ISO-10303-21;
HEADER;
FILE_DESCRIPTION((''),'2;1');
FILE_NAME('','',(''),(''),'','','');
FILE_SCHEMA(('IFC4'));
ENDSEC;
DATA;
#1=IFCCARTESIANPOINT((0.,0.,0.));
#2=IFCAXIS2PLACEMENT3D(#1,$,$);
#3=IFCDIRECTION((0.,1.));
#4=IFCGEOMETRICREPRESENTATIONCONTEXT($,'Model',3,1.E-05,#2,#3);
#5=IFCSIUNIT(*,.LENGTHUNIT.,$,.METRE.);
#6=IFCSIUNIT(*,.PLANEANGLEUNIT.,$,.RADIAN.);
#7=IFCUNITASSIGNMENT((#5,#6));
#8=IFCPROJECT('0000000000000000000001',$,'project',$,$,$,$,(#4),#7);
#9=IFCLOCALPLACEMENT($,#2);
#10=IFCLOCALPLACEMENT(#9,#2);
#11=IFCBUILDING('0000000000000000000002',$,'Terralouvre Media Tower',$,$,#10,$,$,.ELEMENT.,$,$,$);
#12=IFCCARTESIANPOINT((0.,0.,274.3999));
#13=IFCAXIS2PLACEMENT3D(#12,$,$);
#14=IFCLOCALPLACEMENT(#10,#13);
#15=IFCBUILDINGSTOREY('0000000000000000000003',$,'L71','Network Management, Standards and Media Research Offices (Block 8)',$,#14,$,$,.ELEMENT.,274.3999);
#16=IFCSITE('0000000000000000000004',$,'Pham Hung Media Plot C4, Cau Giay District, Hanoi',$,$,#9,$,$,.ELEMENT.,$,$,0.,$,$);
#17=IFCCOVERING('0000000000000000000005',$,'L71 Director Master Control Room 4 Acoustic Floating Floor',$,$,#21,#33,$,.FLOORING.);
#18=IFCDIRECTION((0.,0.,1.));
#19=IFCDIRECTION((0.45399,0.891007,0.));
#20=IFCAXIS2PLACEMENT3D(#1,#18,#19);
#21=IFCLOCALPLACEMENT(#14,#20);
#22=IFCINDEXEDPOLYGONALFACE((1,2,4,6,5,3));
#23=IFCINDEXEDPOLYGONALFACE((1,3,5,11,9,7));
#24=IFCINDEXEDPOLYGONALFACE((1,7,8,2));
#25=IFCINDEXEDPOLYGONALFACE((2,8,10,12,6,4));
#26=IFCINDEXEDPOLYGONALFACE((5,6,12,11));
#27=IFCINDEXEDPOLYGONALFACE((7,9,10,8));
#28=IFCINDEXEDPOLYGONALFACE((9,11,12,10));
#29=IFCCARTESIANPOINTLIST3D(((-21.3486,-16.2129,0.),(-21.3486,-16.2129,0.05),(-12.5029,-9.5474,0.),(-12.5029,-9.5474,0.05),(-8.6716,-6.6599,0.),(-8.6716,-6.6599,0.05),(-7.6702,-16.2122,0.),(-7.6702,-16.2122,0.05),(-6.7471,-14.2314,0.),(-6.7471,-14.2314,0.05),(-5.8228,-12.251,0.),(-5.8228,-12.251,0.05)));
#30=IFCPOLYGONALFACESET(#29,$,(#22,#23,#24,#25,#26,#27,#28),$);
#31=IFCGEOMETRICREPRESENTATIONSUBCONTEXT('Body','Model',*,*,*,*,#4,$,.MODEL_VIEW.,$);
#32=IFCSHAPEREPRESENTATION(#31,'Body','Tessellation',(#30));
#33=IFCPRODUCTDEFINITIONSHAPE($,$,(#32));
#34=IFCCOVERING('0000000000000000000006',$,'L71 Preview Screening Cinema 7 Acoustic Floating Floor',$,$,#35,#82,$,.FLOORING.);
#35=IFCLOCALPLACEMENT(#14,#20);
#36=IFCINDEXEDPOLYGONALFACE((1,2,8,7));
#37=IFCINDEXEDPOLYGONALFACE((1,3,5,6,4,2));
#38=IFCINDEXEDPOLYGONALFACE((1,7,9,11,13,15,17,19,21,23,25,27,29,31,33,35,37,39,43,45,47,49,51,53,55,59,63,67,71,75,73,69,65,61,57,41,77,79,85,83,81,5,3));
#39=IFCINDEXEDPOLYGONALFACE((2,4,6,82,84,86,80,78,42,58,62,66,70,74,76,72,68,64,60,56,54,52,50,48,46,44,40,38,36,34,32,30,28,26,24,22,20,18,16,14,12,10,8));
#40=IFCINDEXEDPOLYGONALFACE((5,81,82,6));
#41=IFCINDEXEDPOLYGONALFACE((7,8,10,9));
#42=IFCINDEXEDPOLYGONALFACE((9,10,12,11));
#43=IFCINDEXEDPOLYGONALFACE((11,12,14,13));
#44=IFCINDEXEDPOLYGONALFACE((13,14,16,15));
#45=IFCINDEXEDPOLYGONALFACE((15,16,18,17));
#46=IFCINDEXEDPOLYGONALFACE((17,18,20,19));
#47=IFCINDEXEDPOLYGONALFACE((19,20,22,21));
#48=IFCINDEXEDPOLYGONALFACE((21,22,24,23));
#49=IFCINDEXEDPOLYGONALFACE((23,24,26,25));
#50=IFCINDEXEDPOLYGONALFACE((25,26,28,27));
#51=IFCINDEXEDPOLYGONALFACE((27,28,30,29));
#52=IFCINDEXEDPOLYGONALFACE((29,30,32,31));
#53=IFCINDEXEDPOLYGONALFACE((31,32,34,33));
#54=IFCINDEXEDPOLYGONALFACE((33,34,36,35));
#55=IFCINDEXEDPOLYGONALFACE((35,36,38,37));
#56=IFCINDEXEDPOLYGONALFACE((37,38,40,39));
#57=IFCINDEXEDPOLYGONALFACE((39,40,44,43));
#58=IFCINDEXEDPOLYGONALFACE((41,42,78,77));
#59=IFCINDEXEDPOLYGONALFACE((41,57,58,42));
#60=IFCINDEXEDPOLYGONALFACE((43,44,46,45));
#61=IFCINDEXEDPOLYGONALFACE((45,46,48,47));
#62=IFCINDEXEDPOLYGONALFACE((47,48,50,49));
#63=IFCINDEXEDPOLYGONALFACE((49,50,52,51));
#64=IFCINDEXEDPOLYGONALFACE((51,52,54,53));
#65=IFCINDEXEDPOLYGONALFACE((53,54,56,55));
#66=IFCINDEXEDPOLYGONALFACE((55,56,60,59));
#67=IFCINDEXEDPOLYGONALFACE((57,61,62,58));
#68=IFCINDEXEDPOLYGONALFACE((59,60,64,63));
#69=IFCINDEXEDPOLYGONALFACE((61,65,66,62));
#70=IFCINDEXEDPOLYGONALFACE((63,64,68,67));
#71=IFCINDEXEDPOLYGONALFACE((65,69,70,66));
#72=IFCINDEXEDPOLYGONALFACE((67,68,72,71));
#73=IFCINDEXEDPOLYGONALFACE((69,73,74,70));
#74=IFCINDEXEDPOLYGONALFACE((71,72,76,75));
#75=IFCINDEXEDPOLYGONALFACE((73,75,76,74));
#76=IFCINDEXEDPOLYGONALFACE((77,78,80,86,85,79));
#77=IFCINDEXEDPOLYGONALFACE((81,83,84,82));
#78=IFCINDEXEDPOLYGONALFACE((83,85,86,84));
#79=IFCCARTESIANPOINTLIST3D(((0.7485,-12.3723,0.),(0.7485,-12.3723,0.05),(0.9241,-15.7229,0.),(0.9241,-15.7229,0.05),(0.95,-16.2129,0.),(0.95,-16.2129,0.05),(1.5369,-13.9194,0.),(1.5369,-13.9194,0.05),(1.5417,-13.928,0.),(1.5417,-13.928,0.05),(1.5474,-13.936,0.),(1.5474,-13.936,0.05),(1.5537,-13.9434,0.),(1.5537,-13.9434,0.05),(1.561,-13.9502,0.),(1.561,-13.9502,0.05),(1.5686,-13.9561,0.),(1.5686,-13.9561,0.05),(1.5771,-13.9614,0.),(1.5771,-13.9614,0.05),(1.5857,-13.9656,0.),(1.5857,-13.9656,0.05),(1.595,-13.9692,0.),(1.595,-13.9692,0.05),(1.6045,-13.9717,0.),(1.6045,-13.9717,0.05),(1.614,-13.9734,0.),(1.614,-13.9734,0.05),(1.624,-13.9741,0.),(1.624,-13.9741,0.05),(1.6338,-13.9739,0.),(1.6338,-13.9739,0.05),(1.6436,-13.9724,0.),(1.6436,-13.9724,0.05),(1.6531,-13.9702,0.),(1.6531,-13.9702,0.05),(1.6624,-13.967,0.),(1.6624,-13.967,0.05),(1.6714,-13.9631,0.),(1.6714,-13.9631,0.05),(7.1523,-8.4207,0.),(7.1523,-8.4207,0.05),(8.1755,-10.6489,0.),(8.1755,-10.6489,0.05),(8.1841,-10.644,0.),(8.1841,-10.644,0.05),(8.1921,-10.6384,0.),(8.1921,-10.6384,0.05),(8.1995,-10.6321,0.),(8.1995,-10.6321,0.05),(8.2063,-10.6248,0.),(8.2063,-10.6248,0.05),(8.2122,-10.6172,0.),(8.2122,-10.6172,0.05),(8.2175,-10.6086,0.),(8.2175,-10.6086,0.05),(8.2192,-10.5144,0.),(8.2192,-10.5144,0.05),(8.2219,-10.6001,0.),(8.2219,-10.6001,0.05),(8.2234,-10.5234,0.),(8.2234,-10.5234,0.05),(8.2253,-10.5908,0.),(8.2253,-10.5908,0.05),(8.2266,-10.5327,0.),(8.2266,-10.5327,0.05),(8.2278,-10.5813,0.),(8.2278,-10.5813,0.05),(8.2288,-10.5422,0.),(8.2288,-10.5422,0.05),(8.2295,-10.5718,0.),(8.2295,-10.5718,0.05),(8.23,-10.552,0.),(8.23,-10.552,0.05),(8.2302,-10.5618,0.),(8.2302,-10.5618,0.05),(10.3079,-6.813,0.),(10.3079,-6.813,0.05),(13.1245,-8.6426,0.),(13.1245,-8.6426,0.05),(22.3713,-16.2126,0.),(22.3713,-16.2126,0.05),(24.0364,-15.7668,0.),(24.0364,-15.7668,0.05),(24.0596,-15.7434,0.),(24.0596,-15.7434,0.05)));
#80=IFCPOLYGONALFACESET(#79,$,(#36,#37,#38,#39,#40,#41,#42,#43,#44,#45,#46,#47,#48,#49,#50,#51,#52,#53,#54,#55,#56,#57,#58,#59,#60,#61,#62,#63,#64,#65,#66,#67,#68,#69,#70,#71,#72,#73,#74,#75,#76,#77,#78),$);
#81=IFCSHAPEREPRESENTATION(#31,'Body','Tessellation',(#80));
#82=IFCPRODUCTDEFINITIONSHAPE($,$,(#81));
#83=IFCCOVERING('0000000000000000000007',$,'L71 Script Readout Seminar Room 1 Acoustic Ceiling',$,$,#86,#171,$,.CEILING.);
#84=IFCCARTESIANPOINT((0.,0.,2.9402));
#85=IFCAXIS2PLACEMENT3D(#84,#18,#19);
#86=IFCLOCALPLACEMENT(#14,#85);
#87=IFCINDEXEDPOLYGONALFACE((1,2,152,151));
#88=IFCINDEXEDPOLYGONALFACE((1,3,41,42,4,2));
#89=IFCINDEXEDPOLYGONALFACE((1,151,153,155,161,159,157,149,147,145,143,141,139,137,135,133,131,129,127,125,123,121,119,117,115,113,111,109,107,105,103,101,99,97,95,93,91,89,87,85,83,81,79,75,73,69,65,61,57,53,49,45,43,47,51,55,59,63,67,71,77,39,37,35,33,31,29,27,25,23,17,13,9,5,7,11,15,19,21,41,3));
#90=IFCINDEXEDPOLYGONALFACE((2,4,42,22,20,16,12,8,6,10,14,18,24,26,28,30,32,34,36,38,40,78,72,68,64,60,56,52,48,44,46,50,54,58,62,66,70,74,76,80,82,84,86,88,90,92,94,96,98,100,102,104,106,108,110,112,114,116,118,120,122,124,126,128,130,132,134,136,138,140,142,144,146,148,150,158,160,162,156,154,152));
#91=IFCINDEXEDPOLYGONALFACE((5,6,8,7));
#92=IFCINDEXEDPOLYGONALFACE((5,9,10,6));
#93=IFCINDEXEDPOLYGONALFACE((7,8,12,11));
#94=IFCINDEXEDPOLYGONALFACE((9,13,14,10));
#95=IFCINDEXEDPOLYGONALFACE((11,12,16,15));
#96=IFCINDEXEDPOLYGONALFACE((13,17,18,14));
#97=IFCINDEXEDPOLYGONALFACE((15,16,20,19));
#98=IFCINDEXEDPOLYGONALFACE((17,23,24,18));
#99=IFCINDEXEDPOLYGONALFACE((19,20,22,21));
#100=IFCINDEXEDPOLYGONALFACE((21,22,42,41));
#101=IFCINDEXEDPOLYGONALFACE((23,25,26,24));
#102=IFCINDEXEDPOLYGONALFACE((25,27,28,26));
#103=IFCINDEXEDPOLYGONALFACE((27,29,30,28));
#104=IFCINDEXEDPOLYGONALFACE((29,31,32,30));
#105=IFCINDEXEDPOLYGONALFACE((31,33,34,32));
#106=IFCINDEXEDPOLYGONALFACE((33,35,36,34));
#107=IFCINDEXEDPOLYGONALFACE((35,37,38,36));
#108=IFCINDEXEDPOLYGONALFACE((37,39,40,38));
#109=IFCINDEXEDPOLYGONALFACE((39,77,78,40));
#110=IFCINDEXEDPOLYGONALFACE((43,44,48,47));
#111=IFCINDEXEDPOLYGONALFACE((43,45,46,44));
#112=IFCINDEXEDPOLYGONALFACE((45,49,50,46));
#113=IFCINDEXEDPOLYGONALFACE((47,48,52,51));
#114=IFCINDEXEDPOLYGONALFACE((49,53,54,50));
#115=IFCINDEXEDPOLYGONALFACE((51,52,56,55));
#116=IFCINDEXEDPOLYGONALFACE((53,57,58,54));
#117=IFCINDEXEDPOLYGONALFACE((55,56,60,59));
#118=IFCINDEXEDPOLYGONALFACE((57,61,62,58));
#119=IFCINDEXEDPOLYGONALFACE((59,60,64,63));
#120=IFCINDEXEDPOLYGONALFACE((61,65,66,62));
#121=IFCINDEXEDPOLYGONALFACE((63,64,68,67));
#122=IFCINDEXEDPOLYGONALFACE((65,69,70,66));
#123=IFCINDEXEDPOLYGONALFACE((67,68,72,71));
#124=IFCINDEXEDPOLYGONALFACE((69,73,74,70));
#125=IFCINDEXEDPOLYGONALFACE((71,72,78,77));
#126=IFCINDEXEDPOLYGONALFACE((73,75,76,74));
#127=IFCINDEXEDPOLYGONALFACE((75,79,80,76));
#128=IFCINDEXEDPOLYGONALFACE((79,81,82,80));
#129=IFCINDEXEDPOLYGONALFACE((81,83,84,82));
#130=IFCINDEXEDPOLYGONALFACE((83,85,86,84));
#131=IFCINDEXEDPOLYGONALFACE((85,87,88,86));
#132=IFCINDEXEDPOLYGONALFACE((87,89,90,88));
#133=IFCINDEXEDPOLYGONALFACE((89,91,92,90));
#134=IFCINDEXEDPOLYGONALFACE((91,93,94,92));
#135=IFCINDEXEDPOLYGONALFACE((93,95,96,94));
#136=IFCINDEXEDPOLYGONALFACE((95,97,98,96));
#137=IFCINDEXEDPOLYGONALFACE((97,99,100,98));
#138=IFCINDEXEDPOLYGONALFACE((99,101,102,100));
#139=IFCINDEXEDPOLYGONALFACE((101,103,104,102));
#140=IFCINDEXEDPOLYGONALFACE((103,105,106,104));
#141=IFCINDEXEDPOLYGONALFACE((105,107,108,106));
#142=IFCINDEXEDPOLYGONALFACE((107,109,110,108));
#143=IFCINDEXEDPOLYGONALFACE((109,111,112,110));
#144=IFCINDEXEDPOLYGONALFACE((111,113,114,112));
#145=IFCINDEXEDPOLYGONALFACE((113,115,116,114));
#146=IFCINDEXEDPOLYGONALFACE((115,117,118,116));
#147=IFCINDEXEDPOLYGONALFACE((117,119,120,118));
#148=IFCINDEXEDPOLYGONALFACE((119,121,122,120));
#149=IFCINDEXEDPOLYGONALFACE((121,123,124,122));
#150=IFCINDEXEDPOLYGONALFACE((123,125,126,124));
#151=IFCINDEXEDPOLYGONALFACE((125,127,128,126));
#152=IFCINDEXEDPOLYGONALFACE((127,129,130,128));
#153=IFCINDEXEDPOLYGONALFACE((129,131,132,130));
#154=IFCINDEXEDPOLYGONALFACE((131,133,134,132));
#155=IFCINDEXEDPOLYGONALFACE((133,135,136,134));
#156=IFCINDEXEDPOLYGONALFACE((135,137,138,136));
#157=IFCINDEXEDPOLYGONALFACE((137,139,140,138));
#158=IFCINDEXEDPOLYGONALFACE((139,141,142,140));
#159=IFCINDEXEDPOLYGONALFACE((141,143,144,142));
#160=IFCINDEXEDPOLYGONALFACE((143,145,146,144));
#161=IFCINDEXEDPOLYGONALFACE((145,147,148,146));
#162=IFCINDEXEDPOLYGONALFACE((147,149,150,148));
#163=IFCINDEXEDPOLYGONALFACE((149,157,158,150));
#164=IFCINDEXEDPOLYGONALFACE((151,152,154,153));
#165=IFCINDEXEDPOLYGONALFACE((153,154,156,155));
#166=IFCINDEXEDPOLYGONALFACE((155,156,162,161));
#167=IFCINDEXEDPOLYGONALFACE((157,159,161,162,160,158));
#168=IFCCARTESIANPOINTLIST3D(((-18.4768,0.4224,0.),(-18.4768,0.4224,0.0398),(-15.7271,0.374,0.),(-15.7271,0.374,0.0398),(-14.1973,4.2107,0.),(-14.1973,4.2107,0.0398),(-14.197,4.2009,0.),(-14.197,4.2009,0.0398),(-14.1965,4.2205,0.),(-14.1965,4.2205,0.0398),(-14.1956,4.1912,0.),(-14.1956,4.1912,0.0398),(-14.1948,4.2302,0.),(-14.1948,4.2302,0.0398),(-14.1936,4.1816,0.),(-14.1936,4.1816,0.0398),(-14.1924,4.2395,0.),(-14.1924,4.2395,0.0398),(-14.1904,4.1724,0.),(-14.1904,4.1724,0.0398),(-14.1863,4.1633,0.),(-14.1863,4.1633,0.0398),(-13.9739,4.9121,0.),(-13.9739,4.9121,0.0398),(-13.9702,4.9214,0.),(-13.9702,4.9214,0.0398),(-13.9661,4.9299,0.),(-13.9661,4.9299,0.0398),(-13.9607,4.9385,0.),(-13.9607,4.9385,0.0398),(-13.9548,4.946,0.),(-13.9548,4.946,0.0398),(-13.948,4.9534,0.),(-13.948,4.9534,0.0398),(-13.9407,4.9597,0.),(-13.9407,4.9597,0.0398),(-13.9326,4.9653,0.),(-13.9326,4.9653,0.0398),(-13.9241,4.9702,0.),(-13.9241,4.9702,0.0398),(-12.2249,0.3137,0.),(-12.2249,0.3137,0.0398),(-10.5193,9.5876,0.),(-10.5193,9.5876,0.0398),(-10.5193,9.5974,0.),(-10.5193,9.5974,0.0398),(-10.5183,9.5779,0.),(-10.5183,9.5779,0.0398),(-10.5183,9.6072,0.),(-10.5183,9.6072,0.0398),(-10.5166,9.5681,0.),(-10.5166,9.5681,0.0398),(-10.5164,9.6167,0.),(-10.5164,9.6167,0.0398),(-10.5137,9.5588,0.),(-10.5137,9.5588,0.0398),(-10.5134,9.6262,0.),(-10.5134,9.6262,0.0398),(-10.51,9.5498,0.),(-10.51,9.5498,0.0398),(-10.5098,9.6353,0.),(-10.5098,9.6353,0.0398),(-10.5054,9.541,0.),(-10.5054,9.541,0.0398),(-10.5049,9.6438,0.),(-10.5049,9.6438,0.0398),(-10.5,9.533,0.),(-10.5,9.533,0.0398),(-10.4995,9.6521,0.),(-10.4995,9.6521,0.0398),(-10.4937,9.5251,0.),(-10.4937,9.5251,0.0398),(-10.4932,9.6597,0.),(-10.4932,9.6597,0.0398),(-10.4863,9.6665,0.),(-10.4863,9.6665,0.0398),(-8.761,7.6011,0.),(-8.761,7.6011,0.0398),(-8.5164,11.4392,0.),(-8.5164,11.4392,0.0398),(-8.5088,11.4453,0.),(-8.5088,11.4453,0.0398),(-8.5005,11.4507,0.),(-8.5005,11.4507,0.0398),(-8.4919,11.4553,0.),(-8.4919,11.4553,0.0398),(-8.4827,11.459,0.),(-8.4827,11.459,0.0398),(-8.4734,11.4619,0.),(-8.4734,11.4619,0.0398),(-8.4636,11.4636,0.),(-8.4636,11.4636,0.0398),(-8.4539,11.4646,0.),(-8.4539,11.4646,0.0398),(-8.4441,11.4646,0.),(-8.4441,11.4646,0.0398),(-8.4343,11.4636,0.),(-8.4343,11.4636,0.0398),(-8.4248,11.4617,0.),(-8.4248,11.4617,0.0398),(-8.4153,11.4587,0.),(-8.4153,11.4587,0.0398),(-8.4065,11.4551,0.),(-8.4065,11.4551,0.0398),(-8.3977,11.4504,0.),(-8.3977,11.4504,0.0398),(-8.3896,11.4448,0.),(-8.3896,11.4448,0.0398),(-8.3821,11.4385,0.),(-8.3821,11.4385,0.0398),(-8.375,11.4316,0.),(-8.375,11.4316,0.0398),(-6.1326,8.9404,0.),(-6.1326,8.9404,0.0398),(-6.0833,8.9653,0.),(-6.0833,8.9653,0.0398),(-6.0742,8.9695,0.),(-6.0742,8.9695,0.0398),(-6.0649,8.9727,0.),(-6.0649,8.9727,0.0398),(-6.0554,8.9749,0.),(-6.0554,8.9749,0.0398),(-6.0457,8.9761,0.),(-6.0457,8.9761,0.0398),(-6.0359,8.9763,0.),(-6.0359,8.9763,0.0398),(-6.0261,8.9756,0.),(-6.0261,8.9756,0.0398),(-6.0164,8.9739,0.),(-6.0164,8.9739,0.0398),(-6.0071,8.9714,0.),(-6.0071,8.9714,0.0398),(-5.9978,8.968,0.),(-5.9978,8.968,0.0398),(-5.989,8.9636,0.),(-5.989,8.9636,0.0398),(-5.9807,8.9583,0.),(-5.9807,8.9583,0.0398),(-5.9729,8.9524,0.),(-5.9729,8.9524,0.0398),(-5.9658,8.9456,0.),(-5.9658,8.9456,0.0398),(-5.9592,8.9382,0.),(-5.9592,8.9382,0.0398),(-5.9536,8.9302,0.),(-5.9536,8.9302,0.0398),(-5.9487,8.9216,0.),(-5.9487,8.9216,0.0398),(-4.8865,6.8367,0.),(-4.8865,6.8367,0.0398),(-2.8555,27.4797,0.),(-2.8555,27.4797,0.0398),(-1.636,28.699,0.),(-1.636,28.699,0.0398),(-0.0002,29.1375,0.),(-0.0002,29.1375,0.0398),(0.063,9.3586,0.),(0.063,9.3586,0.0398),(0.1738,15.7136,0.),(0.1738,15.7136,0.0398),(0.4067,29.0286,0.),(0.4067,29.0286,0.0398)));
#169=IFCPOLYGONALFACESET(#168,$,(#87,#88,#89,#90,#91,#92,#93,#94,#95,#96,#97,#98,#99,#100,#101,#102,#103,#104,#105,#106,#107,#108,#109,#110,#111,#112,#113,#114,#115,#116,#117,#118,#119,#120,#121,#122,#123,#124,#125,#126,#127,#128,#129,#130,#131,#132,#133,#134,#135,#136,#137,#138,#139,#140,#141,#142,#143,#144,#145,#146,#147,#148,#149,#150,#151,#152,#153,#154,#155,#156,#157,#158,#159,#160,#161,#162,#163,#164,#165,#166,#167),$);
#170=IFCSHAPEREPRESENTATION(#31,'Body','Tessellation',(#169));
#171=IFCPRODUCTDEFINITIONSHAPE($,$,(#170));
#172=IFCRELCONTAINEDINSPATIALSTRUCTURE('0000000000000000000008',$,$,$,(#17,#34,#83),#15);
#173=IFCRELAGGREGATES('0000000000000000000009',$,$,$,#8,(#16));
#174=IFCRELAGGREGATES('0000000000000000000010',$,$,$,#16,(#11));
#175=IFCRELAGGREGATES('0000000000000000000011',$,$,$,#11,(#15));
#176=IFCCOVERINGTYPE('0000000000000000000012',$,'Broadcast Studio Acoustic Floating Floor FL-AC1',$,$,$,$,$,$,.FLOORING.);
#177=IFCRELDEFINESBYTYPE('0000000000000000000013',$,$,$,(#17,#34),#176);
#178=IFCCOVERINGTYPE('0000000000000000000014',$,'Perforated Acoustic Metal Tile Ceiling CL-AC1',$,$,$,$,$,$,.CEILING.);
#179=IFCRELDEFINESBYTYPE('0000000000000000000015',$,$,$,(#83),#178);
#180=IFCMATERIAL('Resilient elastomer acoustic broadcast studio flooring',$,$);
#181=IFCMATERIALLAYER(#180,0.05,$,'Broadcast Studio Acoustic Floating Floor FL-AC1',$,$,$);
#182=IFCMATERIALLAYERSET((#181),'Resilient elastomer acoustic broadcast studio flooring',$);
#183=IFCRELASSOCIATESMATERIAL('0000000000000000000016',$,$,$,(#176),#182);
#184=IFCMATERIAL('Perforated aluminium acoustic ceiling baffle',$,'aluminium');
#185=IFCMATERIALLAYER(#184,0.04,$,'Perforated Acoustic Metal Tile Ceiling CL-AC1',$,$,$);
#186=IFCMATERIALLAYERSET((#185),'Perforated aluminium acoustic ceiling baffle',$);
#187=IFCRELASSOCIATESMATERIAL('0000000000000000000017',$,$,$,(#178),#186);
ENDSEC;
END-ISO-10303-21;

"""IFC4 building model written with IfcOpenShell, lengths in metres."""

from ifc_helpers import new_model, si_unit, direction, frame, origin, place, context, subcontext, project, spatial, polyline, outline, extrude, material, layer, layer_set, type_object, element, save


model = new_model("IFC4")

# Units and contexts
model_context = context("Model", 3, precision=1e-05, world=origin(), true_north=direction((0.0, 1.0)))
body_context = subcontext(model_context, "Body", "Model", "MODEL_VIEW")
ifc_project = project(units=[si_unit("LENGTHUNIT", "METRE"), si_unit("PLANEANGLEUNIT", "RADIAN")], contexts=[model_context])

# Site, building, storey
site_placement = place(None, origin())
site = spatial("IfcSite", under=ifc_project, at=site_placement, Name="Pham Hung Media Plot C4, Cau Giay District, Hanoi", CompositionType="ELEMENT", RefElevation=0.0)
building_placement = place(site_placement, origin())
building = spatial("IfcBuilding", under=site, at=building_placement, Name="Terralouvre Media Tower", CompositionType="ELEMENT")
storey_placement = place(building_placement, frame((0.0, 0.0, 274.3999)))
storey = spatial("IfcBuildingStorey", under=building, at=storey_placement, Name="L71", Description="Network Management, Standards and Media Research Offices (Block 8)", CompositionType="ELEMENT", Elevation=274.3999)

# Coverings
ifc_material_1 = material(Name="Resilient elastomer acoustic broadcast studio flooring")
ifc_layer_1 = layer(ifc_material_1, 0.05, Name="Broadcast Studio Acoustic Floating Floor FL-AC1")
ifc_layer_set_1 = layer_set([ifc_layer_1], Name="Resilient elastomer acoustic broadcast studio flooring")
covering_type_1 = type_object("IfcCoveringType", Name="Broadcast Studio Acoustic Floating Floor FL-AC1", PredefinedType="FLOORING", material=ifc_layer_set_1)
covering_1_placement = place(storey_placement, frame((0.0, 0.0, 0.0), z_axis=(0.0, 0.0, 1.0), x_axis=(0.45399, 0.891007, 0.0)))
element("IfcCovering", 1, at=covering_1_placement, inside=storey, type_object=covering_type_1, Name="L71 Director Master Control Room 4 Acoustic Floating Floor", PredefinedType="FLOORING", context=body_context, shape_type="SweptSolid", body=[
    extrude(outline(polyline([(-5.8228, -12.251), (-8.6716, -6.6599), (-12.5029, -9.5474), (-21.3486, -16.2129), (-7.6702, -16.2122), (-6.7471, -14.2314), (-5.8228, -12.251)])), origin(), (0.0, 0.0, 1.0), 0.05),
])
covering_2_placement = place(storey_placement, frame((0.0, 0.0, 0.0), z_axis=(0.0, 0.0, 1.0), x_axis=(0.45399, 0.891007, 0.0)))
element("IfcCovering", 2, at=covering_2_placement, inside=storey, type_object=covering_type_1, Name="L71 Preview Screening Cinema 7 Acoustic Floating Floor", PredefinedType="FLOORING", context=body_context, shape_type="SweptSolid", body=[
    extrude(outline(polyline([(10.3079, -6.813), (7.1523, -8.4207), (8.2192, -10.5144), (8.2234, -10.5234), (8.2266, -10.5327), (8.2288, -10.5422), (8.23, -10.552), (8.2302, -10.5618), (8.2295, -10.5718), (8.2278, -10.5813), (8.2253, -10.5908), (8.2219, -10.6001), (8.2175, -10.6086), (8.2122, -10.6172), (8.2063, -10.6248), (8.1995, -10.6321), (8.1921, -10.6384), (8.1841, -10.644), (8.1755, -10.6489), (1.6714, -13.9631), (1.6624, -13.967), (1.6531, -13.9702), (1.6436, -13.9724), (1.6338, -13.9739), (1.624, -13.9741), (1.614, -13.9734), (1.6045, -13.9717), (1.595, -13.9692), (1.5857, -13.9656), (1.5771, -13.9614), (1.5686, -13.9561), (1.561, -13.9502), (1.5537, -13.9434), (1.5474, -13.936), (1.5417, -13.928), (1.5369, -13.9194), (0.7485, -12.3723), (0.9241, -15.7229), (0.95, -16.2129), (22.3713, -16.2126), (24.0364, -15.7668), (24.0596, -15.7434), (13.1245, -8.6426), (10.3079, -6.813)])), origin(), (0.0, 0.0, 1.0), 0.05),
])
ifc_material_2 = material(Name="Perforated aluminium acoustic ceiling baffle", Category="aluminium")
ifc_layer_2 = layer(ifc_material_2, 0.04, Name="Perforated Acoustic Metal Tile Ceiling CL-AC1")
ifc_layer_set_2 = layer_set([ifc_layer_2], Name="Perforated aluminium acoustic ceiling baffle")
covering_type_2 = type_object("IfcCoveringType", Name="Perforated Acoustic Metal Tile Ceiling CL-AC1", PredefinedType="CEILING", material=ifc_layer_set_2)
covering_3_placement = place(storey_placement, frame((0.0, 0.0, 2.9402), z_axis=(0.0, 0.0, 1.0), x_axis=(0.45399, 0.891007, 0.0)))
element("IfcCovering", 3, at=covering_3_placement, inside=storey, type_object=covering_type_2, Name="L71 Script Readout Seminar Room 1 Acoustic Ceiling", PredefinedType="CEILING", context=body_context, shape_type="SweptSolid", body=[
    extrude(outline(polyline([(-15.7271, 0.374), (-12.2249, 0.3137), (-14.1863, 4.1633), (-14.1904, 4.1724), (-14.1936, 4.1816), (-14.1956, 4.1912), (-14.197, 4.2009), (-14.1973, 4.2107), (-14.1965, 4.2205), (-14.1948, 4.2302), (-14.1924, 4.2395), (-13.9739, 4.9121), (-13.9702, 4.9214), (-13.9661, 4.9299), (-13.9607, 4.9385), (-13.9548, 4.946), (-13.948, 4.9534), (-13.9407, 4.9597), (-13.9326, 4.9653), (-13.9241, 4.9702), (-8.761, 7.6011), (-10.4937, 9.5251), (-10.5, 9.533), (-10.5054, 9.541), (-10.51, 9.5498), (-10.5137, 9.5588), (-10.5166, 9.5681), (-10.5183, 9.5779), (-10.5193, 9.5876), (-10.5193, 9.5974), (-10.5183, 9.6072), (-10.5164, 9.6167), (-10.5134, 9.6262), (-10.5098, 9.6353), (-10.5049, 9.6438), (-10.4995, 9.6521), (-10.4932, 9.6597), (-10.4863, 9.6665), (-8.5164, 11.4392), (-8.5088, 11.4453), (-8.5005, 11.4507), (-8.4919, 11.4553), (-8.4827, 11.459), (-8.4734, 11.4619), (-8.4636, 11.4636), (-8.4539, 11.4646), (-8.4441, 11.4646), (-8.4343, 11.4636), (-8.4248, 11.4617), (-8.4153, 11.4587), (-8.4065, 11.4551), (-8.3977, 11.4504), (-8.3896, 11.4448), (-8.3821, 11.4385), (-8.375, 11.4316), (-6.1326, 8.9404), (-6.0833, 8.9653), (-6.0742, 8.9695), (-6.0649, 8.9727), (-6.0554, 8.9749), (-6.0457, 8.9761), (-6.0359, 8.9763), (-6.0261, 8.9756), (-6.0164, 8.9739), (-6.0071, 8.9714), (-5.9978, 8.968), (-5.989, 8.9636), (-5.9807, 8.9583), (-5.9729, 8.9524), (-5.9658, 8.9456), (-5.9592, 8.9382), (-5.9536, 8.9302), (-5.9487, 8.9216), (-4.8865, 6.8367), (0.063, 9.3586), (0.1738, 15.7136), (0.4067, 29.0286), (-0.0002, 29.1375), (-1.636, 28.699), (-2.8555, 27.4797), (-18.4768, 0.4224), (-15.7271, 0.374)])), origin(), (0.0, 0.0, 1.0), 0.0398),
])

save(model, "model.ifc")
